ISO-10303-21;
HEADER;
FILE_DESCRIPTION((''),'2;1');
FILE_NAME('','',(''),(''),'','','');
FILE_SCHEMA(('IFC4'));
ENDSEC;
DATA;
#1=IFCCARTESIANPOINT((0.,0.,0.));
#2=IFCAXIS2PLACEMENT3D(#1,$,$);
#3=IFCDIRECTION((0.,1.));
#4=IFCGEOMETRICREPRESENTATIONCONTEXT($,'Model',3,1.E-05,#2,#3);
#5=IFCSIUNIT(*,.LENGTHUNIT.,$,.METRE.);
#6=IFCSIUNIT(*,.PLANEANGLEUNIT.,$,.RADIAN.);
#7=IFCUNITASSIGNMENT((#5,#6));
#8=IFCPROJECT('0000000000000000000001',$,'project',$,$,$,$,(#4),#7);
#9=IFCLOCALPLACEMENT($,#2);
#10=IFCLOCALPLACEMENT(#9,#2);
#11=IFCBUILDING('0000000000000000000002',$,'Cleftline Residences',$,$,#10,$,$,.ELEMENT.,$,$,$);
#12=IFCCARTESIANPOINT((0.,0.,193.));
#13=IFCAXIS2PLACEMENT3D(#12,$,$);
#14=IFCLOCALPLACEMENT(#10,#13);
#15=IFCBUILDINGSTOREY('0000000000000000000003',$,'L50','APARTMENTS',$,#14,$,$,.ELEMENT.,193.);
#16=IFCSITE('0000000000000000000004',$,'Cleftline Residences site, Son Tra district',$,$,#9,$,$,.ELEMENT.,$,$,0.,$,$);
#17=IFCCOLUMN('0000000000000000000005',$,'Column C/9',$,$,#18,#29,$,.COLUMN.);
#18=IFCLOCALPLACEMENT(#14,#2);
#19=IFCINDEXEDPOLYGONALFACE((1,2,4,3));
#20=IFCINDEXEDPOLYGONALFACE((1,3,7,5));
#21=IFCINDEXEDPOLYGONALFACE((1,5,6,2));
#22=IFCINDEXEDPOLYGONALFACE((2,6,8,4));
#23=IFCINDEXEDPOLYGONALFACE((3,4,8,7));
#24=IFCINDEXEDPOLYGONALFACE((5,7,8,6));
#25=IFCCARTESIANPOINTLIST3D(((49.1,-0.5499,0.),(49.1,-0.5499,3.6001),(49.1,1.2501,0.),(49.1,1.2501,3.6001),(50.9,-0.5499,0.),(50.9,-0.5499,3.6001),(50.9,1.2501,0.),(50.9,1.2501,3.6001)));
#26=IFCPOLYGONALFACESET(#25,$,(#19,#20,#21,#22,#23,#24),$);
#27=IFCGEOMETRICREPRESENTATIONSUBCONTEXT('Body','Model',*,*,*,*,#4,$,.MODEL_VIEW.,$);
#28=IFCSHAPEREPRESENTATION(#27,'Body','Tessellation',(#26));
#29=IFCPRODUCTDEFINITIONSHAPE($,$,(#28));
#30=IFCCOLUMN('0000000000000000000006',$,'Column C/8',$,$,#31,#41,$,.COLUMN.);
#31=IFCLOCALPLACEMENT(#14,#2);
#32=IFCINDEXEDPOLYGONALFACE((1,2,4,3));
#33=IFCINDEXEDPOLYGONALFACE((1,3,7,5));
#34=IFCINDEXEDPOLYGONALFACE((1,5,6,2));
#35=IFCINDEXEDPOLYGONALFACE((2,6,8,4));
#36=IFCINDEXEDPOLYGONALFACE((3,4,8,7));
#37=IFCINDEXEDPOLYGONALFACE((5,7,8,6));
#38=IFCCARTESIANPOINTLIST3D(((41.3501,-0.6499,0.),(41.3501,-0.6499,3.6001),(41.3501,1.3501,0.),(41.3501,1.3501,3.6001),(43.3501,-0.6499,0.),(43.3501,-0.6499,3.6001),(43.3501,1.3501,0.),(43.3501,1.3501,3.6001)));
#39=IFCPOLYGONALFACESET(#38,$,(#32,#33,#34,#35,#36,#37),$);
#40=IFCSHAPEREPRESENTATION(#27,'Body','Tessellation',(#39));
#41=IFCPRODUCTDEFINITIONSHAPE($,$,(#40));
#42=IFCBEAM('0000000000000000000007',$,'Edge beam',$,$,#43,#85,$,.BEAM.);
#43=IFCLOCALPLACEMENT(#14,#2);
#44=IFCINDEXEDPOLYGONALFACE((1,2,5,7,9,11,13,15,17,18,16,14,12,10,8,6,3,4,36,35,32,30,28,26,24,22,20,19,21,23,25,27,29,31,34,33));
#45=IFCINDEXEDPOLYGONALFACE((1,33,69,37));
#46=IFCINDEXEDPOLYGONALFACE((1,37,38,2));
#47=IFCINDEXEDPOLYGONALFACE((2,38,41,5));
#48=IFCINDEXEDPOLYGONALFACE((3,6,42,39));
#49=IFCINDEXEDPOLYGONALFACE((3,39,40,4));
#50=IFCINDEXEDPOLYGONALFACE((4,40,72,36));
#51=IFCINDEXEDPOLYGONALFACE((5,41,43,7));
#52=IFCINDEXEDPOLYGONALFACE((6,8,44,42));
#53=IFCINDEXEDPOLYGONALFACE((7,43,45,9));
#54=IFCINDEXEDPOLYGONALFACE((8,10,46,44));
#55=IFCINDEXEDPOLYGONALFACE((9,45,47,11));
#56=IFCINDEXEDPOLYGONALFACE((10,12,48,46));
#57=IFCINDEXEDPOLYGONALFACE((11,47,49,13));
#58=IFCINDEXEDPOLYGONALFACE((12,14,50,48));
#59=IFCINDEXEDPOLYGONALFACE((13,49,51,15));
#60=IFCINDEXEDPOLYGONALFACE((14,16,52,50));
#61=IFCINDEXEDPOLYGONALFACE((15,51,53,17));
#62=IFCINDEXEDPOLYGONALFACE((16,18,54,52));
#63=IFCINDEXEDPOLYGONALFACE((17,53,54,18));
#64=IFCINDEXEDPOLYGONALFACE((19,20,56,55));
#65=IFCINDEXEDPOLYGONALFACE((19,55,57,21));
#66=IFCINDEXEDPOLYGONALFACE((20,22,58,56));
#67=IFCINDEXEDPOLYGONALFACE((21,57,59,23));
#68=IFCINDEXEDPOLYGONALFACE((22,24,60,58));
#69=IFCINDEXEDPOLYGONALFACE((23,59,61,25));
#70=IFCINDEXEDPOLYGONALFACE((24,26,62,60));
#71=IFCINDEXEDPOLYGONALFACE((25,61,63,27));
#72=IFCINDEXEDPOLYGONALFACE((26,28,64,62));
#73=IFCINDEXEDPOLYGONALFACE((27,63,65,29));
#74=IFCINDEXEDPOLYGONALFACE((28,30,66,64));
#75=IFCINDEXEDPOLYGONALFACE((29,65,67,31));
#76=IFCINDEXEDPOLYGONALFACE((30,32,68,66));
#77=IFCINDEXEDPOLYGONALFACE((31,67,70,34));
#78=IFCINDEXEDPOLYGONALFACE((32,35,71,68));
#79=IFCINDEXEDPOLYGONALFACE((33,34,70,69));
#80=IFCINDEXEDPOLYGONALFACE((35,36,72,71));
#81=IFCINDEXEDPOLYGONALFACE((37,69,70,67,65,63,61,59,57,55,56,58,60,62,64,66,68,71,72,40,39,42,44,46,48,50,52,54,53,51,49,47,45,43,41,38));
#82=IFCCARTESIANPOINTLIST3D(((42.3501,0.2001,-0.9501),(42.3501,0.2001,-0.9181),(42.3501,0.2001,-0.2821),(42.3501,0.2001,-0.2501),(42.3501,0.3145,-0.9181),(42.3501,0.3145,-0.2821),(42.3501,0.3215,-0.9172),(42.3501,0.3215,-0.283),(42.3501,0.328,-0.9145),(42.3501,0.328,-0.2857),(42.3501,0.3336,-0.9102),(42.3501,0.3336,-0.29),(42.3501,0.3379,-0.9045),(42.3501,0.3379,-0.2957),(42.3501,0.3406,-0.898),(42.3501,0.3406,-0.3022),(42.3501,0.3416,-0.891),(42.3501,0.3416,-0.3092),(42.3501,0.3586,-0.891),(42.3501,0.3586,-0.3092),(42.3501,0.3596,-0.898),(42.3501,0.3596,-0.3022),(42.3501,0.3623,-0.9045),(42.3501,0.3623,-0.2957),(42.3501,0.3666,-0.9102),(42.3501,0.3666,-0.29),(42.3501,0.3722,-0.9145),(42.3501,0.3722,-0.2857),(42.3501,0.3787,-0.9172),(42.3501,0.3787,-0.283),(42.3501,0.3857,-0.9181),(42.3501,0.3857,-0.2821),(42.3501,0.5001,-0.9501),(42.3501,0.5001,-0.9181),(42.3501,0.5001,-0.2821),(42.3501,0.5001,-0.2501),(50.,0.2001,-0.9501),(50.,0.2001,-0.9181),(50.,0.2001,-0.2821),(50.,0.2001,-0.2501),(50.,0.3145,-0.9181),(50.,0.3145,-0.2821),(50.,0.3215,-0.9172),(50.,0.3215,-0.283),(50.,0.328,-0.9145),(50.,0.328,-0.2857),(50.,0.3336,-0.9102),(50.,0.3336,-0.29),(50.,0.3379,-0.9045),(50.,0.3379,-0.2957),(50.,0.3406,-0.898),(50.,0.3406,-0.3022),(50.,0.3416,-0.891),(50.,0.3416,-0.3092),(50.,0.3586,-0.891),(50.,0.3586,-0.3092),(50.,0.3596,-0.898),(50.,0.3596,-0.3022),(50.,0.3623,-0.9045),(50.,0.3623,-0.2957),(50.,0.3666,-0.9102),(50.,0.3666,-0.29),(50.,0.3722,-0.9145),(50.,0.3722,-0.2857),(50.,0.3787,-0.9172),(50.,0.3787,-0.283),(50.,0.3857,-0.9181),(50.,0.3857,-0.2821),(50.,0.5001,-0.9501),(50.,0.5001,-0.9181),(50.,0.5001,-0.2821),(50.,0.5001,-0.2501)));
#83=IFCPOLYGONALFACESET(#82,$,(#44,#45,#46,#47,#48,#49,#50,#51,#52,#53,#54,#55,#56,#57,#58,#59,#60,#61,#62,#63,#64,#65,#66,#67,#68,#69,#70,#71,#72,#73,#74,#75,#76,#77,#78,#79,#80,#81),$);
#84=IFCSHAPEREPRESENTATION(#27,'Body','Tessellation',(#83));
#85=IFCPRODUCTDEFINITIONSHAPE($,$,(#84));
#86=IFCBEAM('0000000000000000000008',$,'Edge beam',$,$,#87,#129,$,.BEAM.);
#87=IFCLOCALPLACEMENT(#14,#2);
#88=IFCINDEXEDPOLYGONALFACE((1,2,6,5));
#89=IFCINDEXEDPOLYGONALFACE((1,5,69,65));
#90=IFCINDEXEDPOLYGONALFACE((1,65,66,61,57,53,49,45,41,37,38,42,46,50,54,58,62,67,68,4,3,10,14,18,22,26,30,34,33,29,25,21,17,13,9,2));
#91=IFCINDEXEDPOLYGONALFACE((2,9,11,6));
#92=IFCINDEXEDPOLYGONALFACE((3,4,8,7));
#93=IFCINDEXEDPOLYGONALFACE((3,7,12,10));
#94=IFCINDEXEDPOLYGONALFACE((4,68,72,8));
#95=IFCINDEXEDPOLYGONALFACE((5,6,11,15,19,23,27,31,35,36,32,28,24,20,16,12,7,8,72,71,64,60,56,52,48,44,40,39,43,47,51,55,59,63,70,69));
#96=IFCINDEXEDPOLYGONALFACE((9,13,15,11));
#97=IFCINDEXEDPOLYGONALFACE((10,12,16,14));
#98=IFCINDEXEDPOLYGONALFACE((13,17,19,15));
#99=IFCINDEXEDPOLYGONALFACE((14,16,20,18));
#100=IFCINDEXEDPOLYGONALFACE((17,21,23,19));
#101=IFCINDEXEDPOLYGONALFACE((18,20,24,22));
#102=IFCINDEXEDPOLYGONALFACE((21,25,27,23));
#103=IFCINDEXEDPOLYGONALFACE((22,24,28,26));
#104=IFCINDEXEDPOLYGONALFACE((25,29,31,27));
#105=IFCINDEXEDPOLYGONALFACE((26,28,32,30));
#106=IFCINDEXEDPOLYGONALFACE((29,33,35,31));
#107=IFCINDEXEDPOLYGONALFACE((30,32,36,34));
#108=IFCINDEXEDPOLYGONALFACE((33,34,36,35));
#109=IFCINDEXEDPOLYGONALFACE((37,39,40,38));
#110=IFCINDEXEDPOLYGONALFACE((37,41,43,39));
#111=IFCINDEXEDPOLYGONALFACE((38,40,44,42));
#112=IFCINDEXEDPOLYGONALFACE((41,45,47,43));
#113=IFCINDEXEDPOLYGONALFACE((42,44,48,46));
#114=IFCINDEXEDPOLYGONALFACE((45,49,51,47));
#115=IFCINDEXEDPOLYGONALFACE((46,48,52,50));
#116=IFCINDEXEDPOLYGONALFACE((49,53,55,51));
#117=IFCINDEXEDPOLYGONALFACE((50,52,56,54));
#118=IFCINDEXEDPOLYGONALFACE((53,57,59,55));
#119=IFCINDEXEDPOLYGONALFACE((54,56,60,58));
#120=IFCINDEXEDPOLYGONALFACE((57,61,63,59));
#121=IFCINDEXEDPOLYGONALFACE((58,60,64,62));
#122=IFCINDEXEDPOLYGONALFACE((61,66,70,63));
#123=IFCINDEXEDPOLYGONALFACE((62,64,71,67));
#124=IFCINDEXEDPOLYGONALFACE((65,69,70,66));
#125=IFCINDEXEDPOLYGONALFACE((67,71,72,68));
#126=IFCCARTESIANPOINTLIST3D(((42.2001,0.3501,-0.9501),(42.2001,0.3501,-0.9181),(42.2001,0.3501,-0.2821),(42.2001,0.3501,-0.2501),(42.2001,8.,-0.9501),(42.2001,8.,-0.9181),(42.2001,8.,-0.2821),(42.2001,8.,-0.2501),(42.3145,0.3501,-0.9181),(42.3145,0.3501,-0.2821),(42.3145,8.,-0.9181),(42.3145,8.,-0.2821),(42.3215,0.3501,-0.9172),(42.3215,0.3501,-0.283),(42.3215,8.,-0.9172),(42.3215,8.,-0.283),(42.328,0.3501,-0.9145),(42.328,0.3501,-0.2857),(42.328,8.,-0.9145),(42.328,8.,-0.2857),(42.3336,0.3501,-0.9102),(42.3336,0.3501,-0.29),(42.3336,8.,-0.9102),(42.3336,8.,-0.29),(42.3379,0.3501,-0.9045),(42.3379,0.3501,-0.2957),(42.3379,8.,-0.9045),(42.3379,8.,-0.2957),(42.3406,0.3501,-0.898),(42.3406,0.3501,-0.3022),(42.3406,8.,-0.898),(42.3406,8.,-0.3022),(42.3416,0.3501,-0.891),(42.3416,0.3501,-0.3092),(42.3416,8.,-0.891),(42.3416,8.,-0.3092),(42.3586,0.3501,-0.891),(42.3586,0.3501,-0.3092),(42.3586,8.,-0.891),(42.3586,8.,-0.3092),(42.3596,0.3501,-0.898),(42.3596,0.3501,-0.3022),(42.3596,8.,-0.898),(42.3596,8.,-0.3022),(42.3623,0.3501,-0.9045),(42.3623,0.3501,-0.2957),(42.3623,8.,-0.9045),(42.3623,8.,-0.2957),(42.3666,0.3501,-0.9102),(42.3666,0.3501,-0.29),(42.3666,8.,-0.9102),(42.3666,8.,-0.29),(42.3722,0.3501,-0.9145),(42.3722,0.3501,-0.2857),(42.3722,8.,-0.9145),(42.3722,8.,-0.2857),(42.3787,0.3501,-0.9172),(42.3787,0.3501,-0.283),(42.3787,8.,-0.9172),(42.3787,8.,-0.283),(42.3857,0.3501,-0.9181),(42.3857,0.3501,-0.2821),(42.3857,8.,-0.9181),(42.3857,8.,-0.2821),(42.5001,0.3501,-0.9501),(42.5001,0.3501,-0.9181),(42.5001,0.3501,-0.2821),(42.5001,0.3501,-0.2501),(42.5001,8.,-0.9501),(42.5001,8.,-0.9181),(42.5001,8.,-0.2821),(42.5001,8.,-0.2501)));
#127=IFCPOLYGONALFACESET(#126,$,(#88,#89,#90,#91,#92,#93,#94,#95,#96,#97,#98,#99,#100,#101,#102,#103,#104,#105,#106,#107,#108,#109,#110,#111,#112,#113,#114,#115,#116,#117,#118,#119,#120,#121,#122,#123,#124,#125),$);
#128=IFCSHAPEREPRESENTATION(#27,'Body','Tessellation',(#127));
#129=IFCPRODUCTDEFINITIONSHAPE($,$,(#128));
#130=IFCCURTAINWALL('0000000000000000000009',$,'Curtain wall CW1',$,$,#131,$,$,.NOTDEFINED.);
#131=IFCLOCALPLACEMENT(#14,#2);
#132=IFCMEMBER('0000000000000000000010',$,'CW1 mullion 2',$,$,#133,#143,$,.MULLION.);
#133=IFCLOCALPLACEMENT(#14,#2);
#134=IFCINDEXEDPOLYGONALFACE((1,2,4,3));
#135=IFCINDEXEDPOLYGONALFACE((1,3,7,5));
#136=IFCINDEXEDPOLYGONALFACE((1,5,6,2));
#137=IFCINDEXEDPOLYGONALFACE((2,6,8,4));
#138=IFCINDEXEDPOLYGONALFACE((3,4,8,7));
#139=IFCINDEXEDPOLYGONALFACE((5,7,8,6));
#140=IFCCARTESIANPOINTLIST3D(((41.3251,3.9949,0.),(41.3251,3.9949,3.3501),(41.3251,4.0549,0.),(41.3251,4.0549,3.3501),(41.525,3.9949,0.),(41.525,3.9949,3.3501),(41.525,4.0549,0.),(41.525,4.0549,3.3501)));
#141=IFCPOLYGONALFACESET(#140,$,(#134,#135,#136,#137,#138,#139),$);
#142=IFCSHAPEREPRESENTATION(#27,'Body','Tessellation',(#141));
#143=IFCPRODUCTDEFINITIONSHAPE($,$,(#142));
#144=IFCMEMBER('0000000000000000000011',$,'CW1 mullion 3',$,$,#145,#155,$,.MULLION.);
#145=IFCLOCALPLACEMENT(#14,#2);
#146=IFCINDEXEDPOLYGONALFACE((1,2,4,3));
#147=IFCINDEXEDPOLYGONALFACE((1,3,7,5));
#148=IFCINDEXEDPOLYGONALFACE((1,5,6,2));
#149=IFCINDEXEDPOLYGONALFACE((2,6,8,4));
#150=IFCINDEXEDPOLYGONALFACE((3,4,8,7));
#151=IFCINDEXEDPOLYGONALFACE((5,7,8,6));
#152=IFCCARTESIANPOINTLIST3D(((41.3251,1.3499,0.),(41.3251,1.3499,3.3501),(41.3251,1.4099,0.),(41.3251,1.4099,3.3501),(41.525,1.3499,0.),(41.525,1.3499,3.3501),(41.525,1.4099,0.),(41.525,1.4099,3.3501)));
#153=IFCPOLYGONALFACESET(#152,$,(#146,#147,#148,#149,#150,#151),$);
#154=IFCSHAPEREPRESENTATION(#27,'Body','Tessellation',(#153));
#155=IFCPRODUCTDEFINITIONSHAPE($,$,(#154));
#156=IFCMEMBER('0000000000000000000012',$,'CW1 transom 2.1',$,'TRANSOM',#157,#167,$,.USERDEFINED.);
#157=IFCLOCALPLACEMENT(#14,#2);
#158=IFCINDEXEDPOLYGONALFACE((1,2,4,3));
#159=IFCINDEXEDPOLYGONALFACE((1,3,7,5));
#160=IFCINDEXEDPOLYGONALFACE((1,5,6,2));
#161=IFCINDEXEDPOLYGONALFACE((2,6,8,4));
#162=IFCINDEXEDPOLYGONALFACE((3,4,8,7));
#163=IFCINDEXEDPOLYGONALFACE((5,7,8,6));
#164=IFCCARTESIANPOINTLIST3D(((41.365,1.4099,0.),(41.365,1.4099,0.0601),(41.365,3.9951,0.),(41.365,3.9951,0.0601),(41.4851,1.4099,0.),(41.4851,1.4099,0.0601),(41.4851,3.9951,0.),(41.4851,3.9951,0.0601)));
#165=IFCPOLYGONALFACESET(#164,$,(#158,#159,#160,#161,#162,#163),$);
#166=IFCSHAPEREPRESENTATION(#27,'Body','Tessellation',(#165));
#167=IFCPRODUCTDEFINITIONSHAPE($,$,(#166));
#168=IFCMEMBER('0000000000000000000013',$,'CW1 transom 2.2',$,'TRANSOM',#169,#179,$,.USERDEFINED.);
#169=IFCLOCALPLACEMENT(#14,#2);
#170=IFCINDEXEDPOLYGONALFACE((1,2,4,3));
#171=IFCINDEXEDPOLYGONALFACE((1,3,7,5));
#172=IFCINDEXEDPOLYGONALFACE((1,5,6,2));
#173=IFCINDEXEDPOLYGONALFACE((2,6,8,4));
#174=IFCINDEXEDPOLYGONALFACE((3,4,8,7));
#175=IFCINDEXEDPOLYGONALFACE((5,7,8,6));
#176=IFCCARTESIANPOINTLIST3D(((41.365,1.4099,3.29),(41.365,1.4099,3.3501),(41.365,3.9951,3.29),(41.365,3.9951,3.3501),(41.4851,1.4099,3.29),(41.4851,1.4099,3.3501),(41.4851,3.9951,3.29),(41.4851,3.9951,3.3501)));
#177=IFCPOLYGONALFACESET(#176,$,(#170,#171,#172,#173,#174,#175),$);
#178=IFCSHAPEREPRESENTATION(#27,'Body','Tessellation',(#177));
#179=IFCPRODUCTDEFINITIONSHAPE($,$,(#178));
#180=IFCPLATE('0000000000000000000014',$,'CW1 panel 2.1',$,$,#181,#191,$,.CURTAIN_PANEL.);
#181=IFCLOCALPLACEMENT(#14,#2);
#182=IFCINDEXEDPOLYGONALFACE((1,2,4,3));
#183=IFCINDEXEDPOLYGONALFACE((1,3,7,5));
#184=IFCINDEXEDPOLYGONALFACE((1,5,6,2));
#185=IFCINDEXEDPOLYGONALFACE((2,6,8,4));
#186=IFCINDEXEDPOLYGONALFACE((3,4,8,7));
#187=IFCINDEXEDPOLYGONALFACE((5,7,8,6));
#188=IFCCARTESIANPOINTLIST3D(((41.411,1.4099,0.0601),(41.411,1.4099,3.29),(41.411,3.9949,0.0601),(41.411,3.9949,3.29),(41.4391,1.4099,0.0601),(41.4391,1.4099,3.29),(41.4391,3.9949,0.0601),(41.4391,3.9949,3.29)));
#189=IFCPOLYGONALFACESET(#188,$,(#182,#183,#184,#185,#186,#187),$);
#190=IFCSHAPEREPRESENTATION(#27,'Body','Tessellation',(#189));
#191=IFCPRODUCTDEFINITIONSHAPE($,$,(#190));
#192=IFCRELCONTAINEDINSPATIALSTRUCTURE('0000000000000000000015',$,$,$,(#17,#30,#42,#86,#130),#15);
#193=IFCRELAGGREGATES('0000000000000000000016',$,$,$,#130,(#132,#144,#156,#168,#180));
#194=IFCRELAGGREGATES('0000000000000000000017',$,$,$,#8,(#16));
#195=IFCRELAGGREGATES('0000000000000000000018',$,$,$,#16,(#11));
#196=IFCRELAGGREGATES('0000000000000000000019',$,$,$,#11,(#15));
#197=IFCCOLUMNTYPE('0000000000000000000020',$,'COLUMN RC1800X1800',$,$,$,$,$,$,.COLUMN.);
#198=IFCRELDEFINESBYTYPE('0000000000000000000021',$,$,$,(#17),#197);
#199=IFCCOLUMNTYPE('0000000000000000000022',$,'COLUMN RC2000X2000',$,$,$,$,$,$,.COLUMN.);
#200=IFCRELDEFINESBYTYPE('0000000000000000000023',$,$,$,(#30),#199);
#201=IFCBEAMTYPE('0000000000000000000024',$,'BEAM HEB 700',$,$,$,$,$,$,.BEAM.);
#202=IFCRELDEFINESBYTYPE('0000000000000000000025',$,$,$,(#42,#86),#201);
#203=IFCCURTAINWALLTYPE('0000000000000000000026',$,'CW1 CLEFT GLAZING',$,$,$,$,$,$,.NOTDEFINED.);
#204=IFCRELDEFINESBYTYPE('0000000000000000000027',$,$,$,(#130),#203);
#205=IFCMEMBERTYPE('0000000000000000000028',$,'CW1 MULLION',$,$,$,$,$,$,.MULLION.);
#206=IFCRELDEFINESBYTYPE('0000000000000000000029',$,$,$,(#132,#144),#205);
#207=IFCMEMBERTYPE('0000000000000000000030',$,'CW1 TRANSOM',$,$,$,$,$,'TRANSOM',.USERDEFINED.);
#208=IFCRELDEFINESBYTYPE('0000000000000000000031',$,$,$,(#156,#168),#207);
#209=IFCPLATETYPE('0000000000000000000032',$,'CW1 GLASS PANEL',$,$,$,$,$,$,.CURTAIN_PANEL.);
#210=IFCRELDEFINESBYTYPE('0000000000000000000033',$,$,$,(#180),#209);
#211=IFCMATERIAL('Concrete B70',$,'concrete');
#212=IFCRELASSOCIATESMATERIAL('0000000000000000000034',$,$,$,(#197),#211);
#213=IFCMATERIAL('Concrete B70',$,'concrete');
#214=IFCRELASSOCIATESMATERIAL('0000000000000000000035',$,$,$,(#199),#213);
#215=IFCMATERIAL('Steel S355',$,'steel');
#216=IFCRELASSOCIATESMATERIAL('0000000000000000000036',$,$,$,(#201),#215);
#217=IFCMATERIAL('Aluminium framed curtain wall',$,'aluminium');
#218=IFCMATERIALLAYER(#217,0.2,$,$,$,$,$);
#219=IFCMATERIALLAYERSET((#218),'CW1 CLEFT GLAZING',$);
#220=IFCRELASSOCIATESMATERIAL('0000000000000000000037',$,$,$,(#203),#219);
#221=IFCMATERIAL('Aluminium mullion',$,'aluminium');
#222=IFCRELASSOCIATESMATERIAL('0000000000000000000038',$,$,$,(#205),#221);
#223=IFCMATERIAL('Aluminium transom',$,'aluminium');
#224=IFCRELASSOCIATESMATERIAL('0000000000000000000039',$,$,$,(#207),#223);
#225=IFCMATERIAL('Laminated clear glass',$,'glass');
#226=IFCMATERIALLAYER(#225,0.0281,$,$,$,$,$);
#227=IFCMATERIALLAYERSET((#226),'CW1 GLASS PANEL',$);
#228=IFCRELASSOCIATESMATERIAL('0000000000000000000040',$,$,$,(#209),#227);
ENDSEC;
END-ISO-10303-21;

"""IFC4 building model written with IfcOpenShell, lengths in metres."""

from ifc_helpers import new_model, si_unit, direction, frame, origin, origin_2d, place, context, subcontext, project, spatial, rectangle, i_section, extrude, material, layer, layer_set, material_profile, profile_set, type_object, element, aggregate, save


model = new_model("IFC4")

# Units and contexts
model_context = context("Model", 3, precision=1e-05, world=origin(), true_north=direction((0.0, 1.0)))
body_context = subcontext(model_context, "Body", "Model", "MODEL_VIEW")
ifc_project = project(units=[si_unit("LENGTHUNIT", "METRE"), si_unit("PLANEANGLEUNIT", "RADIAN")], contexts=[model_context])

# Site, building, storey
site_placement = place(None, origin())
site = spatial("IfcSite", under=ifc_project, at=site_placement, Name="Cleftline Residences site, Son Tra district", CompositionType="ELEMENT", RefElevation=0.0)
building_placement = place(site_placement, origin())
building = spatial("IfcBuilding", under=site, at=building_placement, Name="Cleftline Residences", CompositionType="ELEMENT")
storey_placement = place(building_placement, frame((0.0, 0.0, 193.0)))
storey = spatial("IfcBuildingStorey", under=building, at=storey_placement, Name="L50", Description="APARTMENTS", CompositionType="ELEMENT", Elevation=193.0)

# Columns
ifc_material_1 = material(Name="Concrete B70", Category="concrete")
ifc_material_profile_1 = material_profile(ifc_material_1, rectangle(XDim=1.8, YDim=1.8, at=origin_2d()))
ifc_profile_set_1 = profile_set([ifc_material_profile_1], Name="Concrete B70")
column_type_1 = type_object("IfcColumnType", Name="COLUMN RC1800X1800", PredefinedType="COLUMN", material=ifc_profile_set_1)
column_1_placement = place(storey_placement, frame((50.0, 0.3501, 0.0), z_axis=(0.0, 0.0, 1.0), x_axis=(1.0, 0.0, 0.0)))
element("IfcColumn", 1, at=column_1_placement, inside=storey, type_object=column_type_1, Name="Column C/9", PredefinedType="COLUMN", context=body_context, shape_type="SweptSolid", body=[
    extrude(rectangle(XDim=1.8, YDim=1.8, at=origin_2d()), origin(), (0.0, 0.0, 1.0), 3.6001),
])
ifc_material_2 = material(Name="Concrete B70", Category="concrete")
ifc_material_profile_2 = material_profile(ifc_material_2, rectangle(XDim=2.0, YDim=2.0, at=origin_2d()))
ifc_profile_set_2 = profile_set([ifc_material_profile_2], Name="Concrete B70")
column_type_2 = type_object("IfcColumnType", Name="COLUMN RC2000X2000", PredefinedType="COLUMN", material=ifc_profile_set_2)
column_2_placement = place(storey_placement, frame((42.3501, 0.3501, 0.0), z_axis=(0.0, 0.0, 1.0), x_axis=(1.0, 0.0, 0.0)))
element("IfcColumn", 2, at=column_2_placement, inside=storey, type_object=column_type_2, Name="Column C/8", PredefinedType="COLUMN", context=body_context, shape_type="SweptSolid", body=[
    extrude(rectangle(XDim=2.0, YDim=2.0, at=origin_2d()), origin(), (0.0, 0.0, 1.0), 3.6001),
])

# Beams
ifc_material_3 = material(Name="Steel S355", Category="steel")
ifc_material_profile_3 = material_profile(ifc_material_3, i_section(OverallWidth=0.3, OverallDepth=0.7, WebThickness=0.0171, FlangeThickness=0.032, FilletRadius=0.0271, at=origin_2d()))
ifc_profile_set_3 = profile_set([ifc_material_profile_3], Name="Steel S355")
beam_type = type_object("IfcBeamType", Name="BEAM HEB 700", PredefinedType="BEAM", material=ifc_profile_set_3)
for number, where, z_axis, x_axis, name in (
    (3, (50.0, 0.3501, -0.6001), (-1.0, 0.0, 0.0), (0.0, -1.0, 0.0), "Edge beam"),
    (4, (42.3501, 0.3501, -0.6001), (0.0, 1.0, 0.0), (-1.0, 0.0, 0.0), "Edge beam"),
):
    element("IfcBeam", number, at=place(storey_placement, frame(where, z_axis=z_axis, x_axis=x_axis)), inside=storey, type_object=beam_type, Name=name, PredefinedType="BEAM", context=body_context, shape_type="SweptSolid", body=[
        extrude(i_section(OverallWidth=0.3, OverallDepth=0.7, WebThickness=0.0171, FlangeThickness=0.032, FilletRadius=0.0271, at=origin_2d()), origin(), (0.0, 0.0, 1.0), 7.6499),
    ])

# Curtain wall, members, plate
ifc_material_4 = material(Name="Aluminium framed curtain wall", Category="aluminium")
ifc_layer_1 = layer(ifc_material_4, 0.2)
ifc_layer_set_1 = layer_set([ifc_layer_1], Name="CW1 CLEFT GLAZING")
curtain_wall_type = type_object("IfcCurtainWallType", Name="CW1 CLEFT GLAZING", PredefinedType="NOTDEFINED", material=ifc_layer_set_1)
curtain_wall_placement = place(storey_placement, origin())
curtain_wall = element("IfcCurtainWall", 5, at=curtain_wall_placement, inside=storey, type_object=curtain_wall_type, Name="Curtain wall CW1", PredefinedType="NOTDEFINED")
ifc_material_5 = material(Name="Aluminium mullion", Category="aluminium")
ifc_material_profile_4 = material_profile(ifc_material_5, rectangle(XDim=0.2, YDim=0.0601, at=origin_2d()))
ifc_profile_set_4 = profile_set([ifc_material_profile_4], Name="Aluminium mullion")
member_type_1 = type_object("IfcMemberType", Name="CW1 MULLION", PredefinedType="MULLION", material=ifc_profile_set_4)
member_1_placement = place(storey_placement, frame((41.425, 4.0249, 0.0), z_axis=(0.0, 0.0, 1.0), x_axis=(1.0, 0.0, 0.0)))
member_1 = element("IfcMember", 6, at=member_1_placement, type_object=member_type_1, Name="CW1 mullion 2", PredefinedType="MULLION", context=body_context, shape_type="SweptSolid", body=[
    extrude(rectangle(XDim=0.2, YDim=0.0601, at=origin_2d()), origin(), (0.0, 0.0, 1.0), 3.3501),
])
member_2_placement = place(storey_placement, frame((41.425, 1.3799, 0.0), z_axis=(0.0, 0.0, 1.0), x_axis=(1.0, 0.0, 0.0)))
member_2 = element("IfcMember", 7, at=member_2_placement, type_object=member_type_1, Name="CW1 mullion 3", PredefinedType="MULLION", context=body_context, shape_type="SweptSolid", body=[
    extrude(rectangle(XDim=0.2, YDim=0.0601, at=origin_2d()), origin(), (0.0, 0.0, 1.0), 3.3501),
])
ifc_material_6 = material(Name="Aluminium transom", Category="aluminium")
ifc_material_profile_5 = material_profile(ifc_material_6, rectangle(XDim=0.1201, YDim=0.0601, at=origin_2d()))
ifc_profile_set_5 = profile_set([ifc_material_profile_5], Name="Aluminium transom")
member_type_2 = type_object("IfcMemberType", Name="CW1 TRANSOM", ElementType="TRANSOM", PredefinedType="USERDEFINED", material=ifc_profile_set_5)
member_3_placement = place(storey_placement, frame((41.425, 3.9951, 0.03), z_axis=(0.0, -1.0, 0.0), x_axis=(1.0, 0.0, 0.0)))
member_3 = element("IfcMember", 8, at=member_3_placement, type_object=member_type_2, Name="CW1 transom 2.1", ObjectType="TRANSOM", PredefinedType="USERDEFINED", context=body_context, shape_type="SweptSolid", body=[
    extrude(rectangle(XDim=0.1201, YDim=0.0601, at=origin_2d()), origin(), (0.0, 0.0, 1.0), 2.5852),
])
member_4_placement = place(storey_placement, frame((41.425, 3.9951, 3.3201), z_axis=(0.0, -1.0, 0.0), x_axis=(1.0, 0.0, 0.0)))
member_4 = element("IfcMember", 9, at=member_4_placement, type_object=member_type_2, Name="CW1 transom 2.2", ObjectType="TRANSOM", PredefinedType="USERDEFINED", context=body_context, shape_type="SweptSolid", body=[
    extrude(rectangle(XDim=0.1201, YDim=0.0601, at=origin_2d()), origin(), (0.0, 0.0, 1.0), 2.5852),
])
ifc_material_7 = material(Name="Laminated clear glass", Category="glass")
ifc_layer_2 = layer(ifc_material_7, 0.0281)
ifc_layer_set_2 = layer_set([ifc_layer_2], Name="CW1 GLASS PANEL")
plate_type = type_object("IfcPlateType", Name="CW1 GLASS PANEL", PredefinedType="CURTAIN_PANEL", material=ifc_layer_set_2)
plate_placement = place(storey_placement, frame((41.425, 2.7024, 0.0601), z_axis=(0.0, 0.0, 1.0), x_axis=(0.0, -1.0, 0.0)))
plate = element("IfcPlate", 10, at=plate_placement, type_object=plate_type, Name="CW1 panel 2.1", PredefinedType="CURTAIN_PANEL", context=body_context, shape_type="SweptSolid", body=[
    extrude(rectangle(XDim=2.585, YDim=0.0281, at=origin_2d()), origin(), (0.0, 0.0, 1.0), 3.23),
])
aggregate(curtain_wall, [member_1, member_2, member_3, member_4, plate])

save(model, "model.ifc")
